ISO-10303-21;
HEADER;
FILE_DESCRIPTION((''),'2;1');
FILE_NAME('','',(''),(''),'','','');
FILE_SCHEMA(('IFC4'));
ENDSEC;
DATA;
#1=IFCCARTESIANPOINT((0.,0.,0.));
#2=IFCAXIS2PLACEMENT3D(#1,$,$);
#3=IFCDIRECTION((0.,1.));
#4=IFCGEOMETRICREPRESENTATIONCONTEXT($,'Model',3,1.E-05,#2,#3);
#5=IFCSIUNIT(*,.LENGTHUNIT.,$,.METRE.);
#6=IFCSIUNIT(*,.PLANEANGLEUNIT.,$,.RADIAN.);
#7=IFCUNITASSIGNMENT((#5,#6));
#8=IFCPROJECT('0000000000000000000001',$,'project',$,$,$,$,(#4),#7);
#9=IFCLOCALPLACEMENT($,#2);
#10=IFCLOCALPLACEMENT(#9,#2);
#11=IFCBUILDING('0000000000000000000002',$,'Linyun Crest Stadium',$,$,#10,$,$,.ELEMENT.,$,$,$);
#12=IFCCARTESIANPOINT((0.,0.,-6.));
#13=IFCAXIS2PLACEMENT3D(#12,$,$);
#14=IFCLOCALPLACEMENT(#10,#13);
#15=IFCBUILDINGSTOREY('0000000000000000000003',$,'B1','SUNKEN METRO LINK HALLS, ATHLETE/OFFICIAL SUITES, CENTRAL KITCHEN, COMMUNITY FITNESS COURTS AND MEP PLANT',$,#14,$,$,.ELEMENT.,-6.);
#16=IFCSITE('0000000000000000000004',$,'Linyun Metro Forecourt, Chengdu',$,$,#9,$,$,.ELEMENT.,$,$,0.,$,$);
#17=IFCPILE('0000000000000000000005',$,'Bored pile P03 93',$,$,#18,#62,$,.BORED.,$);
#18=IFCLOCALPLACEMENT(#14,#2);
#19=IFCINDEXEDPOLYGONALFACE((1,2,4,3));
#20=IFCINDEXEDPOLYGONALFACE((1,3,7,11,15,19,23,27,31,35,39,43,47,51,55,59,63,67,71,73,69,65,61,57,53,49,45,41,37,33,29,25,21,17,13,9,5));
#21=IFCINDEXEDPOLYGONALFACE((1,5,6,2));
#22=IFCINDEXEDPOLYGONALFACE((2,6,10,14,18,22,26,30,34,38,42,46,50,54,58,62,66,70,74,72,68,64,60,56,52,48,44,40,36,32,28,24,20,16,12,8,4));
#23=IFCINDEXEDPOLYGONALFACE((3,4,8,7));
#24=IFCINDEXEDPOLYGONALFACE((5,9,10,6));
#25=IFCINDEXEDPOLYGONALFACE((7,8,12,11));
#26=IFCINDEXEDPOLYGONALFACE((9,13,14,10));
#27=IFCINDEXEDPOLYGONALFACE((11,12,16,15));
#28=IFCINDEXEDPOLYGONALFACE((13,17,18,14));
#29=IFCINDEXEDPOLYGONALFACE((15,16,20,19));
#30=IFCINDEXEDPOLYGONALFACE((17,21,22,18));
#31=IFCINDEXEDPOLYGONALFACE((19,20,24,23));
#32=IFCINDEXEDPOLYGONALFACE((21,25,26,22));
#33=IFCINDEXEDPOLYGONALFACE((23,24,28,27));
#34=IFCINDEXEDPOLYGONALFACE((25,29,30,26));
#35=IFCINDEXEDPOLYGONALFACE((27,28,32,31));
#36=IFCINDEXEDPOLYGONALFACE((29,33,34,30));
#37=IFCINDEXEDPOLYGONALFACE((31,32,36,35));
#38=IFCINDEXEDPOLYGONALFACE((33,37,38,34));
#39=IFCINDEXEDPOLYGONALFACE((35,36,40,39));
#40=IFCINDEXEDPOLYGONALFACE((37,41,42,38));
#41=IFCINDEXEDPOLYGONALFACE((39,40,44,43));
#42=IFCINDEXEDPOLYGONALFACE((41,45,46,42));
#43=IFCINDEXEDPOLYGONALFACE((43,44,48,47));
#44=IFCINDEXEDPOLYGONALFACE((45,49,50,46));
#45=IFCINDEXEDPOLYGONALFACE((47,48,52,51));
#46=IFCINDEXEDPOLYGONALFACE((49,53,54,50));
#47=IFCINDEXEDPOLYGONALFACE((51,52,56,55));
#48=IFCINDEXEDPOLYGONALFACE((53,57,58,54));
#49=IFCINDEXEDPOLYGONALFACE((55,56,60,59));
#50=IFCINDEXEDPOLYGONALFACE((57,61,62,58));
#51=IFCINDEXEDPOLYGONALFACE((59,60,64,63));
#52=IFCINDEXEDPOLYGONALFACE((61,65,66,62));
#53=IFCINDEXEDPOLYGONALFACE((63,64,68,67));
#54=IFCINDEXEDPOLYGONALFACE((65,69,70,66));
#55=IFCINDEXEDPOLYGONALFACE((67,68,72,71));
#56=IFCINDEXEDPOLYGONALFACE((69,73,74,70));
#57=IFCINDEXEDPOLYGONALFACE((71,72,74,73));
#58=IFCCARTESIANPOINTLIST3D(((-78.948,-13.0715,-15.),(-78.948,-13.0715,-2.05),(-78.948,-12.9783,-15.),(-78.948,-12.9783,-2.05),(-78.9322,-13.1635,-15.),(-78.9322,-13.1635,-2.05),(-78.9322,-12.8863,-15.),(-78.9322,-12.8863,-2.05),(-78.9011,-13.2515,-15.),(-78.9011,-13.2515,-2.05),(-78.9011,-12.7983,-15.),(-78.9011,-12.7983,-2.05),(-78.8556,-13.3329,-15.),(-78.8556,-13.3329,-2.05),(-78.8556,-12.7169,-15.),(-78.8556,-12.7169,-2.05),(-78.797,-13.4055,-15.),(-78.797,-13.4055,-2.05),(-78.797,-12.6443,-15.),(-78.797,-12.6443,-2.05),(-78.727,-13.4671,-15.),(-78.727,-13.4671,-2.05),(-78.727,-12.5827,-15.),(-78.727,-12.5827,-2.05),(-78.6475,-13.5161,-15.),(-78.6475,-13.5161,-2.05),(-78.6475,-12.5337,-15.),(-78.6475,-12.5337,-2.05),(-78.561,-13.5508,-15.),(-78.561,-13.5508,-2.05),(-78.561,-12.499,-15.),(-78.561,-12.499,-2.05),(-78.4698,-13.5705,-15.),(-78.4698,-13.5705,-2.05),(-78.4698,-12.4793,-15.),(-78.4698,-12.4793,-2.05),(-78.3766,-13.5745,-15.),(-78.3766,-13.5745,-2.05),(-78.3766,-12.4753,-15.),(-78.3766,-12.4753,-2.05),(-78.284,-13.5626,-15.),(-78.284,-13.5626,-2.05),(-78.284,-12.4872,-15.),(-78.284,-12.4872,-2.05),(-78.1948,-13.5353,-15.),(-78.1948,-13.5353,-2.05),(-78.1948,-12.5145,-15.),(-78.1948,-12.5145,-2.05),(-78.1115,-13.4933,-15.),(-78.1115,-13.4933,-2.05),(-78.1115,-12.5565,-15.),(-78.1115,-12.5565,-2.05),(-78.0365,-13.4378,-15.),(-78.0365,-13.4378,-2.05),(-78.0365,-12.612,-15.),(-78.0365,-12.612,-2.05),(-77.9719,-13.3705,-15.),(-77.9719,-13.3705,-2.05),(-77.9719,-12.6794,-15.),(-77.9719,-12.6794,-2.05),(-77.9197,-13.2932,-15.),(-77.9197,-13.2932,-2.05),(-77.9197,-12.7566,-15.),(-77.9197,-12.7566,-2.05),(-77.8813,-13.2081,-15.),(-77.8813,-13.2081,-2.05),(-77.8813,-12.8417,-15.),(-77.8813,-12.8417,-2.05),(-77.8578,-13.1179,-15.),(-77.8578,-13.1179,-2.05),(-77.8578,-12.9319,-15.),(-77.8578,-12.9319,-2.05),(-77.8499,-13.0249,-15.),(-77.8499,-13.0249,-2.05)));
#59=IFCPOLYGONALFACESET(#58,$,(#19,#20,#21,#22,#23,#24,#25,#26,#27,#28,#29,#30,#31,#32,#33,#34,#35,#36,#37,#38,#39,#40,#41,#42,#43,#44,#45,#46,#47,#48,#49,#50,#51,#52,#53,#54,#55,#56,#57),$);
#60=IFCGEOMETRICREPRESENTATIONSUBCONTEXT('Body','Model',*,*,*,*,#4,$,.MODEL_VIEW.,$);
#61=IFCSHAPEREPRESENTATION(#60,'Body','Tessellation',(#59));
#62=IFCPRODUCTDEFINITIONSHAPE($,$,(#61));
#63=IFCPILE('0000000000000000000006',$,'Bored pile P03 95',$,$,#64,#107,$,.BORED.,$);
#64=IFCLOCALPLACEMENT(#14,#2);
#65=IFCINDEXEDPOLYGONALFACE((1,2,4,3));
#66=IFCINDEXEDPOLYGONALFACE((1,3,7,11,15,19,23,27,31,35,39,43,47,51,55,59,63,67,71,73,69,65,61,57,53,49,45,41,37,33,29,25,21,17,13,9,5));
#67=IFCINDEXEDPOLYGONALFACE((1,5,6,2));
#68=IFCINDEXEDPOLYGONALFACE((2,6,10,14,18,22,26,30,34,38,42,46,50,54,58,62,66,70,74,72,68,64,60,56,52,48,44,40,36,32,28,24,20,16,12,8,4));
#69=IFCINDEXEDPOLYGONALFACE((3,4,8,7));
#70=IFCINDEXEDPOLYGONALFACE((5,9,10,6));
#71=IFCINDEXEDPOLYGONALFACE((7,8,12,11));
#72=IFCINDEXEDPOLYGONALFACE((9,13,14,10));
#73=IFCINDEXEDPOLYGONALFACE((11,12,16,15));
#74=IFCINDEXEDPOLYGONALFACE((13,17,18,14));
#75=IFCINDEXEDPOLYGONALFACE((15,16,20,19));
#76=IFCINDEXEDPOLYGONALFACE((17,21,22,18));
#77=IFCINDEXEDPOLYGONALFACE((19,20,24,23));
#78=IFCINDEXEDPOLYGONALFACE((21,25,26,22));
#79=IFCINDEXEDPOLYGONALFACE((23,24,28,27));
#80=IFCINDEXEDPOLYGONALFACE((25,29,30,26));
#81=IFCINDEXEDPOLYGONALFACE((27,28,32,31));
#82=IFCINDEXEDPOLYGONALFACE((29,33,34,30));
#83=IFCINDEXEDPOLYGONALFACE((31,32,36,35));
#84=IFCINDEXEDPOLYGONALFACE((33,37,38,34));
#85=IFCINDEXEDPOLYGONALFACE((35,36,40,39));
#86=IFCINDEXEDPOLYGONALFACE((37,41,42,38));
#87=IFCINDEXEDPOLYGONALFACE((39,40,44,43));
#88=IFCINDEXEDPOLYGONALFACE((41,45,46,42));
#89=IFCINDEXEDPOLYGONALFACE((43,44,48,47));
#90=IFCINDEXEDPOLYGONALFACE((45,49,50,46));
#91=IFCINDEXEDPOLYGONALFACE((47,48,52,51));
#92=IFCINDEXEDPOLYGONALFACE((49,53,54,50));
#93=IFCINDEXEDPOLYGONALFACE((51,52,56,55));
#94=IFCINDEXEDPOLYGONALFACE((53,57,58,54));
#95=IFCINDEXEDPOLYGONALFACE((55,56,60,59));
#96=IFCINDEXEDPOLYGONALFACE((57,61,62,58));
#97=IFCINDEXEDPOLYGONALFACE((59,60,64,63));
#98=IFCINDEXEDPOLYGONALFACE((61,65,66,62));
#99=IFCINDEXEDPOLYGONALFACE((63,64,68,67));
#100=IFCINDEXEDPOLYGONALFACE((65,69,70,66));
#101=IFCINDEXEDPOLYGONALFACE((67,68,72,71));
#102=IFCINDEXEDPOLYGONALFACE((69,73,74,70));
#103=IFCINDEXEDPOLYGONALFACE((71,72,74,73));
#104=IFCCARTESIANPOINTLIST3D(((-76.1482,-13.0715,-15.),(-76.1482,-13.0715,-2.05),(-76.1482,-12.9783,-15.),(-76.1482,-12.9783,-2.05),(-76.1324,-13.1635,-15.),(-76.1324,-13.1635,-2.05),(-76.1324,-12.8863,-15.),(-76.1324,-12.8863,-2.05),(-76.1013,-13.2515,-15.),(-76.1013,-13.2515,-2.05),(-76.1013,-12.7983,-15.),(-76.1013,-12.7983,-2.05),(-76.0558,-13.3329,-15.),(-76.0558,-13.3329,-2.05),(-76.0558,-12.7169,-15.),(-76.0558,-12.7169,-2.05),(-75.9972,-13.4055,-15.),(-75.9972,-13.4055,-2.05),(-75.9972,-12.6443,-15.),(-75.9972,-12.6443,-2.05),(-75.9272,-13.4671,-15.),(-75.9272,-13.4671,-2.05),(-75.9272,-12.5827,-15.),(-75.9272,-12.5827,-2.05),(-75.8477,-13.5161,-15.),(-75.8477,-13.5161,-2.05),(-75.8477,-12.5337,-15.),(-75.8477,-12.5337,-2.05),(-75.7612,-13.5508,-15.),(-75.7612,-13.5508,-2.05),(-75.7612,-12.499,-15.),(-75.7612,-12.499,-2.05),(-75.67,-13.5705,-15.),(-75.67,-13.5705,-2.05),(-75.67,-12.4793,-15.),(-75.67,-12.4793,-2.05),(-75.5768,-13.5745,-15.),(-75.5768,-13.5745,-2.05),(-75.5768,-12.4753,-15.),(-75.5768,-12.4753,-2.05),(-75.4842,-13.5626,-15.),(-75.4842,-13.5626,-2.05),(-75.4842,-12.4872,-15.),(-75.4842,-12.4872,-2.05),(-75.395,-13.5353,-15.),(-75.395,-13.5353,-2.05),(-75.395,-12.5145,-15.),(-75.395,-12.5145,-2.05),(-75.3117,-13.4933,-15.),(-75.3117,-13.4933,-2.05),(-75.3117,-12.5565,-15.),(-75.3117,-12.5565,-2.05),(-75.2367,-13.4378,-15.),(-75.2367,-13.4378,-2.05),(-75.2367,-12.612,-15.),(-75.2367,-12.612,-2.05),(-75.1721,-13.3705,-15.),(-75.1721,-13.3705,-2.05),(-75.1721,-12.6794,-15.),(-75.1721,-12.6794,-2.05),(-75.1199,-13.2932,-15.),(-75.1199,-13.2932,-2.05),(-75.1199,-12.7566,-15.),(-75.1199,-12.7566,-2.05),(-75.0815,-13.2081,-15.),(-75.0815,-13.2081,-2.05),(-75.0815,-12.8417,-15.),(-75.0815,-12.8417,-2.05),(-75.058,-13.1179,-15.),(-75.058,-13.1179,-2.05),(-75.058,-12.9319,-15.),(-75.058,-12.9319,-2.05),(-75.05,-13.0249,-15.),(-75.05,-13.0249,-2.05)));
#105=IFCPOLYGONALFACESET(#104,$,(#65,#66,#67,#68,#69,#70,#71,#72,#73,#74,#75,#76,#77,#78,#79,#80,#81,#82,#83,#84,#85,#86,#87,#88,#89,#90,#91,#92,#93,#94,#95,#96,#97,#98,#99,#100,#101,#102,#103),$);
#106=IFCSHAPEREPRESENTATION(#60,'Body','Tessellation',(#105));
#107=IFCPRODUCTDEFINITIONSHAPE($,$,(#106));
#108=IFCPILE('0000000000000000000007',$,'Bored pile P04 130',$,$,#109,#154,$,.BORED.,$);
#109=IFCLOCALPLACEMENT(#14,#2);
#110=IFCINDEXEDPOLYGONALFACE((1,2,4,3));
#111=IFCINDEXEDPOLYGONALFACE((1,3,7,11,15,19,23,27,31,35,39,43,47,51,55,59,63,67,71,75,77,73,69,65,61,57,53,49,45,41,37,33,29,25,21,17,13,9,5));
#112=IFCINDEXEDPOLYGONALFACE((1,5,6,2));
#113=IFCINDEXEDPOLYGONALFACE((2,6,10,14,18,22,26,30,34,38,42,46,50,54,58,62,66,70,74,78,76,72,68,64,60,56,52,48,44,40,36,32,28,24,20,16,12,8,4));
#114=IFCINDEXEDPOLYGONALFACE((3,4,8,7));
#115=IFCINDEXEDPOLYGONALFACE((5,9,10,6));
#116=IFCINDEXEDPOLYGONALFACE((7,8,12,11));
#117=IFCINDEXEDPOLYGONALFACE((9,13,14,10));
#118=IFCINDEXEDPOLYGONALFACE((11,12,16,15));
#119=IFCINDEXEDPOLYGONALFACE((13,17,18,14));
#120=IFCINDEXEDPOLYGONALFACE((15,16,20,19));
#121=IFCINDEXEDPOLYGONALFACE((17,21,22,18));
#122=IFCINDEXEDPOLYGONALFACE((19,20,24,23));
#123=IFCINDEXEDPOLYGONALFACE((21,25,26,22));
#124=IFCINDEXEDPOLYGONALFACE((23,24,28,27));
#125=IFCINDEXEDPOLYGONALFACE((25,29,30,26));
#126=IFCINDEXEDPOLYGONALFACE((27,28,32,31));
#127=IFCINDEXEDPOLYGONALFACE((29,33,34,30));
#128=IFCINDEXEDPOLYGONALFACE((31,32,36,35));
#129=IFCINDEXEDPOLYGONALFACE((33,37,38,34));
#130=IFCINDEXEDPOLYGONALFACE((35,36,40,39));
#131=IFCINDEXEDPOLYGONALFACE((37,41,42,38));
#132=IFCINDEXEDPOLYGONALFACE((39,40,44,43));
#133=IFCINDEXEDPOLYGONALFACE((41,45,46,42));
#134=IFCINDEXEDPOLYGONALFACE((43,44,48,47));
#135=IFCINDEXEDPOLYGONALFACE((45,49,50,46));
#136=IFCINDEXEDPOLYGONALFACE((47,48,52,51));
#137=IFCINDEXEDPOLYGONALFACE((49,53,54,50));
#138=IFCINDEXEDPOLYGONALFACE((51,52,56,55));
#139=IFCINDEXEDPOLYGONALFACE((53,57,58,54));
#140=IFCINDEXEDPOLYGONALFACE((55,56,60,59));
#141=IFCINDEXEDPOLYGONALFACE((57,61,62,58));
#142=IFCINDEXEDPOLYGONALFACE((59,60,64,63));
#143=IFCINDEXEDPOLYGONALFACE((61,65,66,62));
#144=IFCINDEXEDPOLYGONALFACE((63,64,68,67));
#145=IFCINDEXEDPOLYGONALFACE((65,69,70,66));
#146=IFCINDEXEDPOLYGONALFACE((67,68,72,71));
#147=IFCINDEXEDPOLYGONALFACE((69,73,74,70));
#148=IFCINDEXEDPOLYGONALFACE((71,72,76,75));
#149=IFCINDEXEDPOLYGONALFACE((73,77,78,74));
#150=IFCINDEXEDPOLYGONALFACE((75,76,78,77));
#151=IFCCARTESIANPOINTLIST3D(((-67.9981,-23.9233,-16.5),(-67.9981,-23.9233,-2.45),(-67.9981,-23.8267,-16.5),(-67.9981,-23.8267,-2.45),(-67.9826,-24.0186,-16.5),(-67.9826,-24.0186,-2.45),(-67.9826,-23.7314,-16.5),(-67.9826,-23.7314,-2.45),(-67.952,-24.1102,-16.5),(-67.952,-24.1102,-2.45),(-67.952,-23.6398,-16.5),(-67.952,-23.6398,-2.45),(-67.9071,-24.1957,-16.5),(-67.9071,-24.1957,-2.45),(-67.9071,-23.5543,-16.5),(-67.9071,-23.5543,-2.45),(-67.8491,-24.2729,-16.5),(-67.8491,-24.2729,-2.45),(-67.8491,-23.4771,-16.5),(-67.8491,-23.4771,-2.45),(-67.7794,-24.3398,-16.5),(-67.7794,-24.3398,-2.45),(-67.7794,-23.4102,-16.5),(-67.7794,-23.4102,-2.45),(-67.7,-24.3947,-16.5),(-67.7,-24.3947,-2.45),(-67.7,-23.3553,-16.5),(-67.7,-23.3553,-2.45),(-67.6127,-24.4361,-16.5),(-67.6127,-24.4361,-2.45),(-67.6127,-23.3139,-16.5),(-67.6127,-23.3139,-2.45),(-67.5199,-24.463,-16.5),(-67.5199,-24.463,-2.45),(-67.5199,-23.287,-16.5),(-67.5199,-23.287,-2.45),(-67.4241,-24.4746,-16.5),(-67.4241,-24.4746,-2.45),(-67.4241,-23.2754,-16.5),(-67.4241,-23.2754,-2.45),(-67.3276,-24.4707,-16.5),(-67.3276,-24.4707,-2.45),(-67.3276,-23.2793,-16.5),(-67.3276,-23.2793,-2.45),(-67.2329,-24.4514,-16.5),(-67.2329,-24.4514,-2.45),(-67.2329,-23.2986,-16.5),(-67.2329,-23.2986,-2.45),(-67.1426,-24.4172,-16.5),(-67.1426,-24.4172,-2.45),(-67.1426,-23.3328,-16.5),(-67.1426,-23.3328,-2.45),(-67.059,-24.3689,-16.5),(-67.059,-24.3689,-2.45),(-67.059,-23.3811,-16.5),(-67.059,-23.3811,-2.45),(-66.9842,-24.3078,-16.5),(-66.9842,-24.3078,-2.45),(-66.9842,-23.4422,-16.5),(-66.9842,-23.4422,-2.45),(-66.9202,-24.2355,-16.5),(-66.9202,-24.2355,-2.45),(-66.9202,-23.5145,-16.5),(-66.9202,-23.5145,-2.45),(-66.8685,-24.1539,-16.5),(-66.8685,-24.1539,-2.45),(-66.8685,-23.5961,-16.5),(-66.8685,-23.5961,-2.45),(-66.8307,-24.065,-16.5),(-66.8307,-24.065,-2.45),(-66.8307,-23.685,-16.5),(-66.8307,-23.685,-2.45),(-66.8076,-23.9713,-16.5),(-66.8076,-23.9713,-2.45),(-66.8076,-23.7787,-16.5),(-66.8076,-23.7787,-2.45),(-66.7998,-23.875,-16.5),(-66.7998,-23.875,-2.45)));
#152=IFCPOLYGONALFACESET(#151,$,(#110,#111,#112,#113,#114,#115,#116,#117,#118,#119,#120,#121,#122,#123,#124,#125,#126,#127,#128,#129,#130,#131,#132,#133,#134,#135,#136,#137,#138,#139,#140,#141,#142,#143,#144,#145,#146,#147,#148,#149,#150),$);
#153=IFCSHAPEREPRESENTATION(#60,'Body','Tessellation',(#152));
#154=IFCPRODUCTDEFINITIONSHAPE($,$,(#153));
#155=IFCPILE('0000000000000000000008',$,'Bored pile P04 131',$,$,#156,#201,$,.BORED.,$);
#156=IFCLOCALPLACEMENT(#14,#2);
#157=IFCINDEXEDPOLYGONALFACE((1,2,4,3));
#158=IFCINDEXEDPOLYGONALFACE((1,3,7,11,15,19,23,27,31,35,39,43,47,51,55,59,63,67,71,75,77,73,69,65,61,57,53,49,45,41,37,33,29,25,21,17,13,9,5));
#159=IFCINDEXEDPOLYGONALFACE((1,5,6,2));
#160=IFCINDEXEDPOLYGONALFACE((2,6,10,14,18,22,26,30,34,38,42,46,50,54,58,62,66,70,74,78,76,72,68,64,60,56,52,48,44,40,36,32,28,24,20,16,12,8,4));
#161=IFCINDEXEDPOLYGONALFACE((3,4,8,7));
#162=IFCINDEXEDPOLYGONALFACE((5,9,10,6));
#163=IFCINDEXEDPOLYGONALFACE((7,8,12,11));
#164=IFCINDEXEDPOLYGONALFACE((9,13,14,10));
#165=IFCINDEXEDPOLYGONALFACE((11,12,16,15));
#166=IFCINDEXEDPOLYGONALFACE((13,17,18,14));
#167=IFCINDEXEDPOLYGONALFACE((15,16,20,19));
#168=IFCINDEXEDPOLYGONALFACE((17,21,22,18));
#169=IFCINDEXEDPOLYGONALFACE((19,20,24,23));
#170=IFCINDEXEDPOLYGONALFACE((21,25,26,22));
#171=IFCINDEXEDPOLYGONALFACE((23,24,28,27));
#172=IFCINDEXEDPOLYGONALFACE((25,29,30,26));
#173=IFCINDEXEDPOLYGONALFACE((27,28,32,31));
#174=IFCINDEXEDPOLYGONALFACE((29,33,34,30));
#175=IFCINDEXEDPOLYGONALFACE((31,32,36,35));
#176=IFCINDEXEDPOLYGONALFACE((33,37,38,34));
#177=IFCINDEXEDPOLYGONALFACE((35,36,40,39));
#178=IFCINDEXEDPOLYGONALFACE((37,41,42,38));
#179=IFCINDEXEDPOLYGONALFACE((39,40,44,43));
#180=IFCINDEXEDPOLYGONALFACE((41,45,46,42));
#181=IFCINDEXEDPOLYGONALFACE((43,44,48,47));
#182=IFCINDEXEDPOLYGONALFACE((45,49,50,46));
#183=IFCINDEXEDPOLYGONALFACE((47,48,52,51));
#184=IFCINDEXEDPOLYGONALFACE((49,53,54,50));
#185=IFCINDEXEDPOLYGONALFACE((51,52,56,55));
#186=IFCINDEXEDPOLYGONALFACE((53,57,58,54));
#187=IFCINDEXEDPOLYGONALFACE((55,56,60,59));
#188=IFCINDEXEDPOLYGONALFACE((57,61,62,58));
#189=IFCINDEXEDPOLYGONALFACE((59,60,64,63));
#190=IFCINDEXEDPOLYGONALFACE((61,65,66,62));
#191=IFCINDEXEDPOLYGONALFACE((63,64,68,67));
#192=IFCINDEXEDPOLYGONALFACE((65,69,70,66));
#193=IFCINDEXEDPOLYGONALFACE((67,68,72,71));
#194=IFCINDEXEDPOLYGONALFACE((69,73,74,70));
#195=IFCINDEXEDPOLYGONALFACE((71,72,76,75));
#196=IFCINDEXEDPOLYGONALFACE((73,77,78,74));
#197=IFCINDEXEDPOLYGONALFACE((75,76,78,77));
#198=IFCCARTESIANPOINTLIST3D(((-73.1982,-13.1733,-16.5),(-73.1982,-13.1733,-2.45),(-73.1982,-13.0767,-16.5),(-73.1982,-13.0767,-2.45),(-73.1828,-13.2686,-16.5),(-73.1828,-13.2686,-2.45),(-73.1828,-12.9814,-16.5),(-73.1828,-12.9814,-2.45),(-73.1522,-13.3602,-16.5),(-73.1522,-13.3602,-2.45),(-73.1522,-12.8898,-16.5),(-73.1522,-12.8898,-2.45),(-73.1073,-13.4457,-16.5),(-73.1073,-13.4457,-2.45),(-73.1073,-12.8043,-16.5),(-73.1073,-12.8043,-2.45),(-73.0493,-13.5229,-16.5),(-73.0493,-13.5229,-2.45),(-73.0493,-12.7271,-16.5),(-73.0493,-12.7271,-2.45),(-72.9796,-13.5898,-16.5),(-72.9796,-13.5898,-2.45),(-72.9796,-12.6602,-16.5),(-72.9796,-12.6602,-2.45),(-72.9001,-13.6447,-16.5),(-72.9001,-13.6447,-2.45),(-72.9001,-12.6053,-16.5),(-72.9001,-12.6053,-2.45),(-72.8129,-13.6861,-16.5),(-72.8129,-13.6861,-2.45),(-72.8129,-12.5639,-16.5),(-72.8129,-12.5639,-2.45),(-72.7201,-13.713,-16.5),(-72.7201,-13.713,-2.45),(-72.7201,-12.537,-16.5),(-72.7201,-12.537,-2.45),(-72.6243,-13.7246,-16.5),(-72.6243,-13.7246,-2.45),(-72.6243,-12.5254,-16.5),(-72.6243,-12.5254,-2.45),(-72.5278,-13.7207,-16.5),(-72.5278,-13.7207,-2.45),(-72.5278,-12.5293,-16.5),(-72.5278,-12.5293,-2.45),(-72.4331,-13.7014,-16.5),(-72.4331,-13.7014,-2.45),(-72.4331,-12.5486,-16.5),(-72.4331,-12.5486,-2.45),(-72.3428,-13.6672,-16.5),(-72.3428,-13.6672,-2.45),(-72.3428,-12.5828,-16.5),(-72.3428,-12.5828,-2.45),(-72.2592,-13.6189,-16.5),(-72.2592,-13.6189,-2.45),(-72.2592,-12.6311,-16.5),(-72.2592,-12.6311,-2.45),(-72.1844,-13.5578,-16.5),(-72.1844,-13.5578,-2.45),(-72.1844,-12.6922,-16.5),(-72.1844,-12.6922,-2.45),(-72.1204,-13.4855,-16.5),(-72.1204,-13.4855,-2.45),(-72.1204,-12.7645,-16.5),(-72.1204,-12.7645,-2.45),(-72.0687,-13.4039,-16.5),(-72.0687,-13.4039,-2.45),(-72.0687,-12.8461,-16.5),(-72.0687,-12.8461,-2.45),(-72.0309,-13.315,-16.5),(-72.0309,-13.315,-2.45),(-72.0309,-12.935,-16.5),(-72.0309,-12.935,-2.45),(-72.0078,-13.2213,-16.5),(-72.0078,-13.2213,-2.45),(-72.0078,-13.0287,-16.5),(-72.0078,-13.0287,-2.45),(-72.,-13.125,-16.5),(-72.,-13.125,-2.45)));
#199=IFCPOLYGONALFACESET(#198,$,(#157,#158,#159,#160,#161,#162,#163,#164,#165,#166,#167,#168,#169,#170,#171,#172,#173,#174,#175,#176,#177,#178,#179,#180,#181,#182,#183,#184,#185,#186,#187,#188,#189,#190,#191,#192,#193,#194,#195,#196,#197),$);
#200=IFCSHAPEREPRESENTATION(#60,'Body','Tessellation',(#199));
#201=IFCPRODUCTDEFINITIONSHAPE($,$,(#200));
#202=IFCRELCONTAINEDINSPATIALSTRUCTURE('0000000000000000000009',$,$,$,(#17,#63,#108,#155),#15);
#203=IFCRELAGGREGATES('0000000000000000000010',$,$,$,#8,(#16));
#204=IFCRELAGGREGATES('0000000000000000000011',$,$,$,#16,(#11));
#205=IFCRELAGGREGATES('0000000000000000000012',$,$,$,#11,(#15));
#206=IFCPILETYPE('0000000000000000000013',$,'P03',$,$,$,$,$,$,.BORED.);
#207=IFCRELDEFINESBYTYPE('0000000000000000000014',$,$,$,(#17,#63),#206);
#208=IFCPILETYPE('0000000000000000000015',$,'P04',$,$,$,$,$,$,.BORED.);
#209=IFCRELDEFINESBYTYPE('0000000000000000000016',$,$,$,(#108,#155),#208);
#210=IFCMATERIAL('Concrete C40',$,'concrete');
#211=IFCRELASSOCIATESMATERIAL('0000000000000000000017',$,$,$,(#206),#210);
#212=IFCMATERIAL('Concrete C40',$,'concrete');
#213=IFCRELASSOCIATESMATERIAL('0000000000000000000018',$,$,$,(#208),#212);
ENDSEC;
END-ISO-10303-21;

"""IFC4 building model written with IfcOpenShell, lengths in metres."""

from ifc_helpers import new_model, si_unit, direction, frame, origin, origin_2d, place, context, subcontext, project, spatial, circle, extrude, material, material_profile, profile_set, type_object, element, save


model = new_model("IFC4")

# Units and contexts
model_context = context("Model", 3, precision=1e-05, world=origin(), true_north=direction((0.0, 1.0)))
body_context = subcontext(model_context, "Body", "Model", "MODEL_VIEW")
ifc_project = project(units=[si_unit("LENGTHUNIT", "METRE"), si_unit("PLANEANGLEUNIT", "RADIAN")], contexts=[model_context])

# Site, building, storey
site_placement = place(None, origin())
site = spatial("IfcSite", under=ifc_project, at=site_placement, Name="Linyun Metro Forecourt, Chengdu", CompositionType="ELEMENT", RefElevation=0.0)
building_placement = place(site_placement, origin())
building = spatial("IfcBuilding", under=site, at=building_placement, Name="Linyun Crest Stadium", CompositionType="ELEMENT")
storey_placement = place(building_placement, frame((0.0, 0.0, -6.0)))
storey = spatial("IfcBuildingStorey", under=building, at=storey_placement, Name="B1", Description="SUNKEN METRO LINK HALLS, ATHLETE/OFFICIAL SUITES, CENTRAL KITCHEN, COMMUNITY FITNESS COURTS AND MEP PLANT", CompositionType="ELEMENT", Elevation=-6.0)

# Piles
ifc_material_1 = material(Name="Concrete C40", Category="concrete")
ifc_material_profile_1 = material_profile(ifc_material_1, circle(Radius=0.55, at=origin_2d()), Name="BORED PILE 1100")
ifc_profile_set_1 = profile_set([ifc_material_profile_1], Name="Concrete C40")
pile_type_1 = type_object("IfcPileType", Name="P03", PredefinedType="BORED", material=ifc_profile_set_1)
for number, where, z_axis, x_axis, name in (
    (1, (-78.3999, -13.0249, -2.05), (0.0, 0.0, -1.0), (1.0, 0.0, 0.0), "Bored pile P03 93"),
    (2, (-75.6001, -13.0249, -2.05), (0.0, 0.0, -1.0), (1.0, 0.0, 0.0), "Bored pile P03 95"),
):
    element("IfcPile", number, at=place(storey_placement, frame(where, z_axis=z_axis, x_axis=x_axis)), inside=storey, type_object=pile_type_1, Name=name, PredefinedType="BORED", context=body_context, shape_type="SweptSolid", body=[
        extrude(circle(Radius=0.55, at=origin_2d()), origin(), (0.0, 0.0, 1.0), 12.95),
    ])
ifc_material_2 = material(Name="Concrete C40", Category="concrete")
ifc_material_profile_2 = material_profile(ifc_material_2, circle(Radius=0.6001, at=origin_2d()), Name="BORED PILE 1200")
ifc_profile_set_2 = profile_set([ifc_material_profile_2], Name="Concrete C40")
pile_type_2 = type_object("IfcPileType", Name="P04", PredefinedType="BORED", material=ifc_profile_set_2)
for number, where, z_axis, x_axis, name in (
    (3, (-67.3999, -23.875, -2.45), (0.0, 0.0, -1.0), (1.0, 0.0, 0.0), "Bored pile P04 130"),
    (4, (-72.6001, -13.125, -2.45), (0.0, 0.0, -1.0), (1.0, 0.0, 0.0), "Bored pile P04 131"),
):
    element("IfcPile", number, at=place(storey_placement, frame(where, z_axis=z_axis, x_axis=x_axis)), inside=storey, type_object=pile_type_2, Name=name, PredefinedType="BORED", context=body_context, shape_type="SweptSolid", body=[
        extrude(circle(Radius=0.6001, at=origin_2d()), origin(), (0.0, 0.0, 1.0), 14.05),
    ])

save(model, "model.ifc")
